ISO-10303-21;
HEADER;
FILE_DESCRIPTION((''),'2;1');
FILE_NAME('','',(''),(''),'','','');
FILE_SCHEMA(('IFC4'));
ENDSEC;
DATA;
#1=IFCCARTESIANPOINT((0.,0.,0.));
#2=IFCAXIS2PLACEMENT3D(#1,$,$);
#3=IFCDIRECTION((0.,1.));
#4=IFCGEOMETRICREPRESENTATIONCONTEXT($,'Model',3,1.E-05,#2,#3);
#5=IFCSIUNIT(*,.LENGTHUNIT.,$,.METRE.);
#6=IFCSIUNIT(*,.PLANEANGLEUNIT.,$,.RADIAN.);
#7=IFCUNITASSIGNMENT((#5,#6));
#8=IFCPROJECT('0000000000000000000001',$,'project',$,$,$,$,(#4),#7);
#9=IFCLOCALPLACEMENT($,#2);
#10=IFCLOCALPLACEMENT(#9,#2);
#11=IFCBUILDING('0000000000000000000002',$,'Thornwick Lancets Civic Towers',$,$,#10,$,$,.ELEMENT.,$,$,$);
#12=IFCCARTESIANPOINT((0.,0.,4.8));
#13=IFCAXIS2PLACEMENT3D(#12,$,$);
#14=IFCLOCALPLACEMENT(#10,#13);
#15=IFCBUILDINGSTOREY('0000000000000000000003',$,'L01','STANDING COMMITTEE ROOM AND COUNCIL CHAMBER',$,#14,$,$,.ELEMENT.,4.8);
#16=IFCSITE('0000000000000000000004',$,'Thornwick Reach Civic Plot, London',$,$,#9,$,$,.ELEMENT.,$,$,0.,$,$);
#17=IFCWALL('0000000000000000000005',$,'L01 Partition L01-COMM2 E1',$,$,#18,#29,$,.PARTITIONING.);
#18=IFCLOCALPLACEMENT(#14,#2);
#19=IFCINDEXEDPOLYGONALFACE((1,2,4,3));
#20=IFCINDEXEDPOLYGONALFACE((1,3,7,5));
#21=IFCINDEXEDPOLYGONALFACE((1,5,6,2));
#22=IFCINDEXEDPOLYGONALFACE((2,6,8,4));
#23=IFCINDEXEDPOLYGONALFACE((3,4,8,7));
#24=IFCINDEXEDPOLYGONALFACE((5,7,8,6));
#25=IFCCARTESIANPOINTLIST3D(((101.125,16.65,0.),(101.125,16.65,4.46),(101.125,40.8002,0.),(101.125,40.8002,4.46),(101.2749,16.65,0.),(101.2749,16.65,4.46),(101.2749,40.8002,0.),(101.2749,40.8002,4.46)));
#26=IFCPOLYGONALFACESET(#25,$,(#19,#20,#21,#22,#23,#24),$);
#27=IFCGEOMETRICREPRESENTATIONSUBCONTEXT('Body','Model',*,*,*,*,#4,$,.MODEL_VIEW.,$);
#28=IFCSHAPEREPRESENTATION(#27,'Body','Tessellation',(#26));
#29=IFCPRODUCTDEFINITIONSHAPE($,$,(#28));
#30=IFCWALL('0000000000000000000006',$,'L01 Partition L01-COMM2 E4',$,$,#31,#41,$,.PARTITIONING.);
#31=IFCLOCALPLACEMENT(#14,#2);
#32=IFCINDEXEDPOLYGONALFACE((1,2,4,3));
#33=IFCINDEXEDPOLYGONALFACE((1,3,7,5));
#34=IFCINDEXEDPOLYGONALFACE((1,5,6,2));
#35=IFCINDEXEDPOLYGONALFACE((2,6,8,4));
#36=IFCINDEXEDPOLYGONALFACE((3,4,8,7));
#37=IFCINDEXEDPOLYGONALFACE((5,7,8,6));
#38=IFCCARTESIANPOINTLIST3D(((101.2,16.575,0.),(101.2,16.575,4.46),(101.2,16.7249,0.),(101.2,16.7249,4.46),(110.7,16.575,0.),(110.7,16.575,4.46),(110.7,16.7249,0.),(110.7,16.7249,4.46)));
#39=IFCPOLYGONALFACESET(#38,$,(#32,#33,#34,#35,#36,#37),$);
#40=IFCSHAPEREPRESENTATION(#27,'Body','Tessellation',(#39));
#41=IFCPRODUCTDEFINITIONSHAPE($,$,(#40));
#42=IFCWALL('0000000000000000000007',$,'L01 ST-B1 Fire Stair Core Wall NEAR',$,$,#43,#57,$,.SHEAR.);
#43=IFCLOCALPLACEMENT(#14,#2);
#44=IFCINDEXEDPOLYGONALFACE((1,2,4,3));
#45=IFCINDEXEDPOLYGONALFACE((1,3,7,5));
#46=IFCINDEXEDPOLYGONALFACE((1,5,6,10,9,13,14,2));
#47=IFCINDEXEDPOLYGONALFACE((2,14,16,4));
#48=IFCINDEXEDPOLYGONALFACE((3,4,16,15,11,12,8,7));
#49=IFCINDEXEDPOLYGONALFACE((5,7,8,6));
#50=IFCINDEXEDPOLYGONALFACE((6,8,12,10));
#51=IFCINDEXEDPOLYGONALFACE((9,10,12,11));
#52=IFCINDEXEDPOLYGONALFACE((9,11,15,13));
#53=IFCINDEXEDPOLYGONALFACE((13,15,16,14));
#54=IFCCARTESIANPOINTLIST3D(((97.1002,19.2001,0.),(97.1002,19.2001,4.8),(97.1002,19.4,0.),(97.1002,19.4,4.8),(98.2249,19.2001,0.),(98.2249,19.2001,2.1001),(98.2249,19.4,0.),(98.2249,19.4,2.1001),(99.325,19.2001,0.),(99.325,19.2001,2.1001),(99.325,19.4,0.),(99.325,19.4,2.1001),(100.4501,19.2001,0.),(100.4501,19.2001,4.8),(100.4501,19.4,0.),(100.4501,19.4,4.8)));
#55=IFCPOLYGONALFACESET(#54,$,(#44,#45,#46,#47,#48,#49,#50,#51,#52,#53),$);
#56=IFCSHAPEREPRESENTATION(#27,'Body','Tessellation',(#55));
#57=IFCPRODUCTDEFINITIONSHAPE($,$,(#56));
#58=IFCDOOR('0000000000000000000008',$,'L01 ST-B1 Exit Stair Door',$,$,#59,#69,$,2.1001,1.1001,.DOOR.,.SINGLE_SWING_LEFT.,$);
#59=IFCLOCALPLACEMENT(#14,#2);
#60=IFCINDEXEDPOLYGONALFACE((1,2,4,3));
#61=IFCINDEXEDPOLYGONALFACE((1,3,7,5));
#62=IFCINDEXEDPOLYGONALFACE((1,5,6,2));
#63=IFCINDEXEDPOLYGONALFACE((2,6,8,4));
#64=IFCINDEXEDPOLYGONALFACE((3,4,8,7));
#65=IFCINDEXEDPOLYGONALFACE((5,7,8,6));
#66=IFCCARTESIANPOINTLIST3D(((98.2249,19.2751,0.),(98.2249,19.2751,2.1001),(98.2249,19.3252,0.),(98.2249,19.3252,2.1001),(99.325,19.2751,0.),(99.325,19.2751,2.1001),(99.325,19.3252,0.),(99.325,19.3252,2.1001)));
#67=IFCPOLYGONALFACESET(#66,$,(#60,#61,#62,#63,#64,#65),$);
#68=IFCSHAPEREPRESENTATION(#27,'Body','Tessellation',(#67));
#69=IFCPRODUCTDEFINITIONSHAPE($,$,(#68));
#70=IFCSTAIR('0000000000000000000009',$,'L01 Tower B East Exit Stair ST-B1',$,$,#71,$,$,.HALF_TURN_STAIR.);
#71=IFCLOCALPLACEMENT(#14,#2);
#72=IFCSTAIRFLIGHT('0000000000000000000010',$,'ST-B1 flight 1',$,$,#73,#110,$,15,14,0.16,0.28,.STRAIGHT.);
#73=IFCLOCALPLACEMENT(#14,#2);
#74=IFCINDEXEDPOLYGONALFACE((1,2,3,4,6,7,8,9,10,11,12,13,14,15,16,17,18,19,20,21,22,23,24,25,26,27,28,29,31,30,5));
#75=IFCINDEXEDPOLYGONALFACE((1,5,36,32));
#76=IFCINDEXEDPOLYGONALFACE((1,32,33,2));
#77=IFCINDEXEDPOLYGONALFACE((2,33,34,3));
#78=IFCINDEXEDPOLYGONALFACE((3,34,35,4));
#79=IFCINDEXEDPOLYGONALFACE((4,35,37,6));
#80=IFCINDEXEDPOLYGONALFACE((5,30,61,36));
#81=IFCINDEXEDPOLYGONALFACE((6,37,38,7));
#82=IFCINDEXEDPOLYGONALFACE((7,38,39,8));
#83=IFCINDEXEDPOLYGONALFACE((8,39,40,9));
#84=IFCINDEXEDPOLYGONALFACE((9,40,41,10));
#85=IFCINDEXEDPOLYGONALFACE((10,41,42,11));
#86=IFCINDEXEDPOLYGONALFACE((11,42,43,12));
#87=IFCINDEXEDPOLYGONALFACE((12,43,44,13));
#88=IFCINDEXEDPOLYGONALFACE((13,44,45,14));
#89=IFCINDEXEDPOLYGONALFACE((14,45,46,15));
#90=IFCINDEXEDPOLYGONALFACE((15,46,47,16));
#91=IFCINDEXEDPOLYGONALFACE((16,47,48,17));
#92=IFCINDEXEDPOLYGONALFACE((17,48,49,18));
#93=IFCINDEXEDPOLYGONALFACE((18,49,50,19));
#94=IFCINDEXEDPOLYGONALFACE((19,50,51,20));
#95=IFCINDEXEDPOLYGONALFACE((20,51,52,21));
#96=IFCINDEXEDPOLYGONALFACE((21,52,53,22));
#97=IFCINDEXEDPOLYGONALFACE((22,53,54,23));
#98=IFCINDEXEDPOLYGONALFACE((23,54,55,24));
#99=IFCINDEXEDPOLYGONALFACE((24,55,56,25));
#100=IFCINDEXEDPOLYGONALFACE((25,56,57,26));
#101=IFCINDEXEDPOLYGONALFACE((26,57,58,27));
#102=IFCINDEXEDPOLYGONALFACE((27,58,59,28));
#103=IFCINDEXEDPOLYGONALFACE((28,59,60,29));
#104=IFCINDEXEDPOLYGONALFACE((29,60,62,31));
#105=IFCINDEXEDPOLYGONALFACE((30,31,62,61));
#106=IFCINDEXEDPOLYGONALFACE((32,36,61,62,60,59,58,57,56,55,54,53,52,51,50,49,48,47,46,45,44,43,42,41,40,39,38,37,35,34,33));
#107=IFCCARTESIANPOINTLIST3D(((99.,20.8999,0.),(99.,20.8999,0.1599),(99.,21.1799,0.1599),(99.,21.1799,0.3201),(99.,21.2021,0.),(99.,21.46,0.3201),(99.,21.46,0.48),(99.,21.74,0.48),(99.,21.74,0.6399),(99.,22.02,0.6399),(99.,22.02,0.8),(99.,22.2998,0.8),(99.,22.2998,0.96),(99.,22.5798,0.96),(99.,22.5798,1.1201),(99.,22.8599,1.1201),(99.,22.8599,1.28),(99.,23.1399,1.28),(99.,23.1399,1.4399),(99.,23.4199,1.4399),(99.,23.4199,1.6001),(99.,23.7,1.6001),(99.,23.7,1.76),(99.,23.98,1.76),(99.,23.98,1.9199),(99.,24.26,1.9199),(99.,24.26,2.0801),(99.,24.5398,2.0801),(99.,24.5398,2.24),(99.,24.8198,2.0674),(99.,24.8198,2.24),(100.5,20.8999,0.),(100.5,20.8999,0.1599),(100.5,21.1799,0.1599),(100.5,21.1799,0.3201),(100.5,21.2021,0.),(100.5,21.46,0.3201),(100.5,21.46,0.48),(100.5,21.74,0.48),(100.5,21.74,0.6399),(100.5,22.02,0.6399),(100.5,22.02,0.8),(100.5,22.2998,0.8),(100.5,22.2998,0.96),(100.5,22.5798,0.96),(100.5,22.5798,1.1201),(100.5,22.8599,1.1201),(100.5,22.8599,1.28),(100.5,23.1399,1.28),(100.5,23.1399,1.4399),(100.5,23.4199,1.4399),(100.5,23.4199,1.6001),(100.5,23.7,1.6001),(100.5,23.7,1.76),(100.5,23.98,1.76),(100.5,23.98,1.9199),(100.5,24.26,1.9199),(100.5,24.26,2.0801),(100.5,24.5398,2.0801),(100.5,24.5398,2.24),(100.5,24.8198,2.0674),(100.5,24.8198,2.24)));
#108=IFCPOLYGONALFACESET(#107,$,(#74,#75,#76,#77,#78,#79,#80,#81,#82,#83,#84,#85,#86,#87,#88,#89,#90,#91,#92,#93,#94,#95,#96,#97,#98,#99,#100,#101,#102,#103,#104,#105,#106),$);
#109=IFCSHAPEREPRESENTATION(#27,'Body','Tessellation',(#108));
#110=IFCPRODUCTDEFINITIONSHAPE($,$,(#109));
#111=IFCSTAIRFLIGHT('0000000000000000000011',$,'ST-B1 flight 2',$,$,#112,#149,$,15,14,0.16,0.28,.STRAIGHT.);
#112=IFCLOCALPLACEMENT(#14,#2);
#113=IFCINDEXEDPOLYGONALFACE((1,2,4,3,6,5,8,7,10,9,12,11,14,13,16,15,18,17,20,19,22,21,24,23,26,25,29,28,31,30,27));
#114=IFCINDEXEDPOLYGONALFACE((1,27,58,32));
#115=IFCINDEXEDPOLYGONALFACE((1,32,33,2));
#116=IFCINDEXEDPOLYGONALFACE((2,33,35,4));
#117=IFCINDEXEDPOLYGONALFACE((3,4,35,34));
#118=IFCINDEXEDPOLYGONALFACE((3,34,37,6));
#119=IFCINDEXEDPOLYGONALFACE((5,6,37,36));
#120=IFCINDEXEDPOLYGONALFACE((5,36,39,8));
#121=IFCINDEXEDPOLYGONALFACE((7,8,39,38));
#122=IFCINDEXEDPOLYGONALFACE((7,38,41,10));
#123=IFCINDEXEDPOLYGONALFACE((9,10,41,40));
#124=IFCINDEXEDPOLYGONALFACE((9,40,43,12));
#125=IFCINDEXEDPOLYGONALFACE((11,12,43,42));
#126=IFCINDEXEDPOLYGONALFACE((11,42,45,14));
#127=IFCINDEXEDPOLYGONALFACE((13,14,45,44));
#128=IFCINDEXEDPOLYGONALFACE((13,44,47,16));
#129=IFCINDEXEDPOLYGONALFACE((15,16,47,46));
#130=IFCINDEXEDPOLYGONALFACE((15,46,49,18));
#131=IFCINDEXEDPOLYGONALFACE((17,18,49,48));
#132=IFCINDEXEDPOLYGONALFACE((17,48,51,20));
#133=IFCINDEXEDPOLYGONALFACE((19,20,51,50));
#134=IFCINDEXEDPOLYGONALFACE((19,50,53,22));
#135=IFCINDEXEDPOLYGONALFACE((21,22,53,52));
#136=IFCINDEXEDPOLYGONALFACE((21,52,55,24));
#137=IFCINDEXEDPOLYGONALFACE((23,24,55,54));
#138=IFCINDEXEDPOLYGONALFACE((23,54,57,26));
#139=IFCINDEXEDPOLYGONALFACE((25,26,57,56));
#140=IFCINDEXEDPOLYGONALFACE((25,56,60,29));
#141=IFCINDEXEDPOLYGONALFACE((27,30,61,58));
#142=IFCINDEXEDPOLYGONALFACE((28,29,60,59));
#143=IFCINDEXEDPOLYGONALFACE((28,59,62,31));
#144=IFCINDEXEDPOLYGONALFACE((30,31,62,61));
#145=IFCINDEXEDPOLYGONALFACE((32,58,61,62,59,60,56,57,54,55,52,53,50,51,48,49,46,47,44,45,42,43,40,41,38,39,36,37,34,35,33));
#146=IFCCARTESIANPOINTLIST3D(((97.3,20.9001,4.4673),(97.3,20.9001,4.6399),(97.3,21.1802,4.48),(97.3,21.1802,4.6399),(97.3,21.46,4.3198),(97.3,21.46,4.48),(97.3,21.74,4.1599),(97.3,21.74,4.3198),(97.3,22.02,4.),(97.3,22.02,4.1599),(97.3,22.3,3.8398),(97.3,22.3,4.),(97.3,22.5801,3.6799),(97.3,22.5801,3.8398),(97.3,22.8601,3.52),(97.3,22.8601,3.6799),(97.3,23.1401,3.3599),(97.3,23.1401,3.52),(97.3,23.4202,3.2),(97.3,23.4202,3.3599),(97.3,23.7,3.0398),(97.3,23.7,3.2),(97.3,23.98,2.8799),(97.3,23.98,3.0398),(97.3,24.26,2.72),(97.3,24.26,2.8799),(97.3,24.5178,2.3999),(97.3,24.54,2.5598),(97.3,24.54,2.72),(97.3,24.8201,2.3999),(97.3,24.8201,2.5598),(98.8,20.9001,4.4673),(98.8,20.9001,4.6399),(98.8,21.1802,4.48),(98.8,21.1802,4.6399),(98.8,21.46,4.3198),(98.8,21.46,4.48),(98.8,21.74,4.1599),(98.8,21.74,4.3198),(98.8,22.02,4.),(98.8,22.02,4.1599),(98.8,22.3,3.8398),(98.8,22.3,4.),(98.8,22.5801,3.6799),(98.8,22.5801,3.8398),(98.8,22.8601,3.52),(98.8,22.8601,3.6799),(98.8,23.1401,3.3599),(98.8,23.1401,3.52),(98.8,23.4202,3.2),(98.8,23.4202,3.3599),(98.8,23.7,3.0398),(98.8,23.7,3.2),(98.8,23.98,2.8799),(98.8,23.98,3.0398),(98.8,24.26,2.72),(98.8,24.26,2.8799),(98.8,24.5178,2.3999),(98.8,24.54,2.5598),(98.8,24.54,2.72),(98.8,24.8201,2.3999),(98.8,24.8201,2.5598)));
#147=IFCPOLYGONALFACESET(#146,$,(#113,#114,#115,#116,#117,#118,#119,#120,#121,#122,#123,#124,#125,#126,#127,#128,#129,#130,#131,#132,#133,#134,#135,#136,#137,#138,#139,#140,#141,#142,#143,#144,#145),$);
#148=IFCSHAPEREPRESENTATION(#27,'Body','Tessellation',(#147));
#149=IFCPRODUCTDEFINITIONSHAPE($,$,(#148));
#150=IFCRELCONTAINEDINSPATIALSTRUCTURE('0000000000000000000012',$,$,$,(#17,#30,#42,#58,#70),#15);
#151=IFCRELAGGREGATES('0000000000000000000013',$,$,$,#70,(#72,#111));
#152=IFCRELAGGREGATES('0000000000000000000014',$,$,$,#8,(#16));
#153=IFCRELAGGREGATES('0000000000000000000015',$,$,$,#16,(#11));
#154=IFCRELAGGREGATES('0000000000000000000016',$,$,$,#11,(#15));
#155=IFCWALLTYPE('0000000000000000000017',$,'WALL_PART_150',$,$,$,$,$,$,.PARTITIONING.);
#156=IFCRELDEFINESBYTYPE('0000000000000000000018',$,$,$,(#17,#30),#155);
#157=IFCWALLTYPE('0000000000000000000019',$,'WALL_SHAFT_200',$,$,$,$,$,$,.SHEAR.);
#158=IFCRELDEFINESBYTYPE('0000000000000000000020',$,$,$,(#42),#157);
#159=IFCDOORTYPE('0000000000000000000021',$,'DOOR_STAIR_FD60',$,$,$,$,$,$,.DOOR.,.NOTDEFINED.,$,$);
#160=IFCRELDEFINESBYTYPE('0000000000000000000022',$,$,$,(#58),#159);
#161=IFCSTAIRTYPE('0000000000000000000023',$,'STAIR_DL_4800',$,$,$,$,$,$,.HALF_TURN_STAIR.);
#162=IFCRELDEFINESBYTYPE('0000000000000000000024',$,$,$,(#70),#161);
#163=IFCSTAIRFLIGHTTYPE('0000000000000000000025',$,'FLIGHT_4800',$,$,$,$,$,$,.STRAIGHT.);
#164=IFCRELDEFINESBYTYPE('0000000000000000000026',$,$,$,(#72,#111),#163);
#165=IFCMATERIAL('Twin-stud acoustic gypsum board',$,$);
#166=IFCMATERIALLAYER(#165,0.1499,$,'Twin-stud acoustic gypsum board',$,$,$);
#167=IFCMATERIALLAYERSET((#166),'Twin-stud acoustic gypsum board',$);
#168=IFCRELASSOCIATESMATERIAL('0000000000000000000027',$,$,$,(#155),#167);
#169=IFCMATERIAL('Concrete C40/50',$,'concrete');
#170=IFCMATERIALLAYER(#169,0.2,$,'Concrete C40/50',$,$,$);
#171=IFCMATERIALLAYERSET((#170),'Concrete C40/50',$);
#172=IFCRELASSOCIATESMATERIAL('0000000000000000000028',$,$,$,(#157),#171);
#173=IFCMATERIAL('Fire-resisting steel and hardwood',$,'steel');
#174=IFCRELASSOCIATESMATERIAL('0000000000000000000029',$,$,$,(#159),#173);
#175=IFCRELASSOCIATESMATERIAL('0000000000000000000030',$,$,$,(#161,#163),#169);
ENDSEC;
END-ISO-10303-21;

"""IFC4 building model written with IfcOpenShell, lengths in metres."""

from ifc_helpers import new_model, si_unit, direction, frame, frame_2d, origin, place, context, subcontext, project, spatial, polyline, rectangle, outline, extrude, material, layer, layer_set, type_object, element, fill, aggregate, save


model = new_model("IFC4")

# Units and contexts
model_context = context("Model", 3, precision=1e-05, world=origin(), true_north=direction((0.0, 1.0)))
body_context = subcontext(model_context, "Body", "Model", "MODEL_VIEW")
ifc_project = project(units=[si_unit("LENGTHUNIT", "METRE"), si_unit("PLANEANGLEUNIT", "RADIAN")], contexts=[model_context])

# Site, building, storey
site_placement = place(None, origin())
site = spatial("IfcSite", under=ifc_project, at=site_placement, Name="Thornwick Reach Civic Plot, London", CompositionType="ELEMENT", RefElevation=0.0)
building_placement = place(site_placement, origin())
building = spatial("IfcBuilding", under=site, at=building_placement, Name="Thornwick Lancets Civic Towers", CompositionType="ELEMENT")
storey_placement = place(building_placement, frame((0.0, 0.0, 4.8)))
storey = spatial("IfcBuildingStorey", under=building, at=storey_placement, Name="L01", Description="STANDING COMMITTEE ROOM AND COUNCIL CHAMBER", CompositionType="ELEMENT", Elevation=4.8)

# Shared definitions
ifc_material_1 = material(Name="Concrete C40/50", Category="concrete")

# Walls
ifc_material_2 = material(Name="Twin-stud acoustic gypsum board")
ifc_layer_1 = layer(ifc_material_2, 0.1499, Name="Twin-stud acoustic gypsum board")
ifc_layer_set_1 = layer_set([ifc_layer_1], Name="Twin-stud acoustic gypsum board")
wall_type_1 = type_object("IfcWallType", Name="WALL_PART_150", PredefinedType="PARTITIONING", material=ifc_layer_set_1)
wall_1_placement = place(storey_placement, frame((101.2, 16.6499, 0.0), z_axis=(0.0, 0.0, 1.0), x_axis=(0.0, 1.0, 0.0)))
element("IfcWall", 1, at=wall_1_placement, inside=storey, type_object=wall_type_1, Name="L01 Partition L01-COMM2 E1", PredefinedType="PARTITIONING", context=body_context, shape_type="SweptSolid", body=[
    extrude(rectangle(XDim=24.1501, YDim=0.1499, at=frame_2d((12.0752, 0.0))), origin(), (0.0, 0.0, 1.0), 4.46),
])
wall_2_placement = place(storey_placement, frame((110.7, 16.6499, 0.0), z_axis=(0.0, 0.0, 1.0), x_axis=(-1.0, 0.0, 0.0)))
element("IfcWall", 2, at=wall_2_placement, inside=storey, type_object=wall_type_1, Name="L01 Partition L01-COMM2 E4", PredefinedType="PARTITIONING", context=body_context, shape_type="SweptSolid", body=[
    extrude(rectangle(XDim=9.5, YDim=0.1499, at=frame_2d((4.75, 0.0))), origin(), (0.0, 0.0, 1.0), 4.46),
])

# Wall, opening, door
ifc_layer_2 = layer(ifc_material_1, 0.2, Name="Concrete C40/50")
ifc_layer_set_2 = layer_set([ifc_layer_2], Name="Concrete C40/50")
wall_type_2 = type_object("IfcWallType", Name="WALL_SHAFT_200", PredefinedType="SHEAR", material=ifc_layer_set_2)
wall_3_placement = place(storey_placement, frame((100.45, 19.3, 0.0), z_axis=(0.0, 0.0, 1.0), x_axis=(-1.0, 0.0, 0.0)))
wall_3 = element("IfcWall", 3, at=wall_3_placement, inside=storey, type_object=wall_type_2, Name="L01 ST-B1 Fire Stair Core Wall NEAR", PredefinedType="SHEAR", context=body_context, shape_type="SweptSolid", body=[
    extrude(rectangle(XDim=3.3499, YDim=0.2, at=frame_2d((1.6748, 0.0))), origin(), (0.0, 0.0, 1.0), 4.8),
])
opening_placement = place(wall_3_placement, frame((1.125, 0.0, 0.0)))
opening = element("IfcOpeningElement", 4, at=opening_placement, cuts=wall_3, PredefinedType="OPENING", context=body_context, shape_type="SweptSolid", body=[
    extrude(rectangle(XDim=1.1001, YDim=2.1001, at=frame_2d((0.55, 1.05))), frame((0.0, 0.1099, 0.0), z_axis=(0.0, -1.0, 0.0), x_axis=(1.0, 0.0, 0.0)), (0.0, 0.0, 1.0), 0.22),
])
ifc_material_3 = material(Name="Fire-resisting steel and hardwood", Category="steel")
door_type = type_object("IfcDoorType", Name="DOOR_STAIR_FD60", OperationType="NOTDEFINED", PredefinedType="DOOR", material=ifc_material_3)
door_placement = place(opening_placement, origin())
door = element("IfcDoor", 5, at=door_placement, inside=storey, type_object=door_type, Name="L01 ST-B1 Exit Stair Door", OperationType="SINGLE_SWING_LEFT", OverallHeight=2.1001, OverallWidth=1.1001, PredefinedType="DOOR", context=body_context, shape_type="SweptSolid", body=[
    extrude(rectangle(XDim=1.1001, YDim=2.1001, at=frame_2d((0.55, 1.05))), frame((0.0, 0.0249, 0.0), z_axis=(0.0, -1.0, 0.0), x_axis=(1.0, 0.0, 0.0)), (0.0, 0.0, 1.0), 0.05),
])
fill(opening, door)

# Stair, stair flights
stair_type = type_object("IfcStairType", Name="STAIR_DL_4800", PredefinedType="HALF_TURN_STAIR", material=ifc_material_1)
stair_placement = place(storey_placement, origin())
stair = element("IfcStair", 6, at=stair_placement, inside=storey, type_object=stair_type, Name="L01 Tower B East Exit Stair ST-B1", PredefinedType="HALF_TURN_STAIR")
stair_flight_type = type_object("IfcStairFlightType", Name="FLIGHT_4800", PredefinedType="STRAIGHT", material=ifc_material_1)
stair_flight_1_placement = place(storey_placement, frame((99.75, 20.8999, 0.0), z_axis=(0.0, 0.0, 1.0), x_axis=(0.0, 1.0, 0.0)))
stair_flight_1 = element("IfcStairFlight", 7, at=stair_flight_1_placement, type_object=stair_flight_type, Name="ST-B1 flight 1", NumberOfRisers=15, NumberOfTreads=14, PredefinedType="STRAIGHT", RiserHeight=0.16, TreadLength=0.28, context=body_context, shape_type="SweptSolid", body=[
    extrude(outline(polyline([(0.0, 0.0), (0.0, 0.1599), (0.28, 0.1599), (0.28, 0.3201), (0.5601, 0.3201), (0.5601, 0.48), (0.8401, 0.48), (0.8401, 0.6399), (1.1201, 0.6399), (1.1201, 0.8), (1.3999, 0.8), (1.3999, 0.96), (1.6799, 0.96), (1.6799, 1.1201), (1.96, 1.1201), (1.96, 1.28), (2.24, 1.28), (2.24, 1.4399), (2.52, 1.4399), (2.52, 1.6001), (2.8, 1.6001), (2.8, 1.76), (3.0801, 1.76), (3.0801, 1.9199), (3.3601, 1.9199), (3.3601, 2.0801), (3.6399, 2.0801), (3.6399, 2.24), (3.9199, 2.24), (3.9199, 2.3999), (3.9199, 2.0674), (0.3022, 0.0), (0.0, 0.0)])), frame((0.0, 0.75, 0.0), z_axis=(0.0, -1.0, 0.0), x_axis=(1.0, 0.0, 0.0)), (0.0, 0.0, 1.0), 1.5),
])
stair_flight_2_placement = place(storey_placement, frame((98.05, 24.8201, 2.3999), z_axis=(0.0, 0.0, 1.0), x_axis=(0.0, -1.0, 0.0)))
stair_flight_2 = element("IfcStairFlight", 8, at=stair_flight_2_placement, type_object=stair_flight_type, Name="ST-B1 flight 2", NumberOfRisers=15, NumberOfTreads=14, PredefinedType="STRAIGHT", RiserHeight=0.16, TreadLength=0.28, context=body_context, shape_type="SweptSolid", body=[
    extrude(outline(polyline([(0.0, 0.0), (0.0, 0.1599), (0.28, 0.1599), (0.28, 0.3201), (0.5601, 0.3201), (0.5601, 0.48), (0.8401, 0.48), (0.8401, 0.6399), (1.1201, 0.6399), (1.1201, 0.8), (1.3999, 0.8), (1.3999, 0.96), (1.6799, 0.96), (1.6799, 1.1201), (1.96, 1.1201), (1.96, 1.28), (2.24, 1.28), (2.24, 1.4399), (2.52, 1.4399), (2.52, 1.6001), (2.8, 1.6001), (2.8, 1.76), (3.0801, 1.76), (3.0801, 1.9199), (3.3601, 1.9199), (3.3601, 2.0801), (3.6399, 2.0801), (3.6399, 2.24), (3.9199, 2.24), (3.9199, 2.3999), (3.9199, 2.0674), (0.3022, 0.0), (0.0, 0.0)])), frame((0.0, 0.75, 0.0), z_axis=(0.0, -1.0, 0.0), x_axis=(1.0, 0.0, 0.0)), (0.0, 0.0, 1.0), 1.5),
])
aggregate(stair, [stair_flight_1, stair_flight_2])

save(model, "model.ifc")
